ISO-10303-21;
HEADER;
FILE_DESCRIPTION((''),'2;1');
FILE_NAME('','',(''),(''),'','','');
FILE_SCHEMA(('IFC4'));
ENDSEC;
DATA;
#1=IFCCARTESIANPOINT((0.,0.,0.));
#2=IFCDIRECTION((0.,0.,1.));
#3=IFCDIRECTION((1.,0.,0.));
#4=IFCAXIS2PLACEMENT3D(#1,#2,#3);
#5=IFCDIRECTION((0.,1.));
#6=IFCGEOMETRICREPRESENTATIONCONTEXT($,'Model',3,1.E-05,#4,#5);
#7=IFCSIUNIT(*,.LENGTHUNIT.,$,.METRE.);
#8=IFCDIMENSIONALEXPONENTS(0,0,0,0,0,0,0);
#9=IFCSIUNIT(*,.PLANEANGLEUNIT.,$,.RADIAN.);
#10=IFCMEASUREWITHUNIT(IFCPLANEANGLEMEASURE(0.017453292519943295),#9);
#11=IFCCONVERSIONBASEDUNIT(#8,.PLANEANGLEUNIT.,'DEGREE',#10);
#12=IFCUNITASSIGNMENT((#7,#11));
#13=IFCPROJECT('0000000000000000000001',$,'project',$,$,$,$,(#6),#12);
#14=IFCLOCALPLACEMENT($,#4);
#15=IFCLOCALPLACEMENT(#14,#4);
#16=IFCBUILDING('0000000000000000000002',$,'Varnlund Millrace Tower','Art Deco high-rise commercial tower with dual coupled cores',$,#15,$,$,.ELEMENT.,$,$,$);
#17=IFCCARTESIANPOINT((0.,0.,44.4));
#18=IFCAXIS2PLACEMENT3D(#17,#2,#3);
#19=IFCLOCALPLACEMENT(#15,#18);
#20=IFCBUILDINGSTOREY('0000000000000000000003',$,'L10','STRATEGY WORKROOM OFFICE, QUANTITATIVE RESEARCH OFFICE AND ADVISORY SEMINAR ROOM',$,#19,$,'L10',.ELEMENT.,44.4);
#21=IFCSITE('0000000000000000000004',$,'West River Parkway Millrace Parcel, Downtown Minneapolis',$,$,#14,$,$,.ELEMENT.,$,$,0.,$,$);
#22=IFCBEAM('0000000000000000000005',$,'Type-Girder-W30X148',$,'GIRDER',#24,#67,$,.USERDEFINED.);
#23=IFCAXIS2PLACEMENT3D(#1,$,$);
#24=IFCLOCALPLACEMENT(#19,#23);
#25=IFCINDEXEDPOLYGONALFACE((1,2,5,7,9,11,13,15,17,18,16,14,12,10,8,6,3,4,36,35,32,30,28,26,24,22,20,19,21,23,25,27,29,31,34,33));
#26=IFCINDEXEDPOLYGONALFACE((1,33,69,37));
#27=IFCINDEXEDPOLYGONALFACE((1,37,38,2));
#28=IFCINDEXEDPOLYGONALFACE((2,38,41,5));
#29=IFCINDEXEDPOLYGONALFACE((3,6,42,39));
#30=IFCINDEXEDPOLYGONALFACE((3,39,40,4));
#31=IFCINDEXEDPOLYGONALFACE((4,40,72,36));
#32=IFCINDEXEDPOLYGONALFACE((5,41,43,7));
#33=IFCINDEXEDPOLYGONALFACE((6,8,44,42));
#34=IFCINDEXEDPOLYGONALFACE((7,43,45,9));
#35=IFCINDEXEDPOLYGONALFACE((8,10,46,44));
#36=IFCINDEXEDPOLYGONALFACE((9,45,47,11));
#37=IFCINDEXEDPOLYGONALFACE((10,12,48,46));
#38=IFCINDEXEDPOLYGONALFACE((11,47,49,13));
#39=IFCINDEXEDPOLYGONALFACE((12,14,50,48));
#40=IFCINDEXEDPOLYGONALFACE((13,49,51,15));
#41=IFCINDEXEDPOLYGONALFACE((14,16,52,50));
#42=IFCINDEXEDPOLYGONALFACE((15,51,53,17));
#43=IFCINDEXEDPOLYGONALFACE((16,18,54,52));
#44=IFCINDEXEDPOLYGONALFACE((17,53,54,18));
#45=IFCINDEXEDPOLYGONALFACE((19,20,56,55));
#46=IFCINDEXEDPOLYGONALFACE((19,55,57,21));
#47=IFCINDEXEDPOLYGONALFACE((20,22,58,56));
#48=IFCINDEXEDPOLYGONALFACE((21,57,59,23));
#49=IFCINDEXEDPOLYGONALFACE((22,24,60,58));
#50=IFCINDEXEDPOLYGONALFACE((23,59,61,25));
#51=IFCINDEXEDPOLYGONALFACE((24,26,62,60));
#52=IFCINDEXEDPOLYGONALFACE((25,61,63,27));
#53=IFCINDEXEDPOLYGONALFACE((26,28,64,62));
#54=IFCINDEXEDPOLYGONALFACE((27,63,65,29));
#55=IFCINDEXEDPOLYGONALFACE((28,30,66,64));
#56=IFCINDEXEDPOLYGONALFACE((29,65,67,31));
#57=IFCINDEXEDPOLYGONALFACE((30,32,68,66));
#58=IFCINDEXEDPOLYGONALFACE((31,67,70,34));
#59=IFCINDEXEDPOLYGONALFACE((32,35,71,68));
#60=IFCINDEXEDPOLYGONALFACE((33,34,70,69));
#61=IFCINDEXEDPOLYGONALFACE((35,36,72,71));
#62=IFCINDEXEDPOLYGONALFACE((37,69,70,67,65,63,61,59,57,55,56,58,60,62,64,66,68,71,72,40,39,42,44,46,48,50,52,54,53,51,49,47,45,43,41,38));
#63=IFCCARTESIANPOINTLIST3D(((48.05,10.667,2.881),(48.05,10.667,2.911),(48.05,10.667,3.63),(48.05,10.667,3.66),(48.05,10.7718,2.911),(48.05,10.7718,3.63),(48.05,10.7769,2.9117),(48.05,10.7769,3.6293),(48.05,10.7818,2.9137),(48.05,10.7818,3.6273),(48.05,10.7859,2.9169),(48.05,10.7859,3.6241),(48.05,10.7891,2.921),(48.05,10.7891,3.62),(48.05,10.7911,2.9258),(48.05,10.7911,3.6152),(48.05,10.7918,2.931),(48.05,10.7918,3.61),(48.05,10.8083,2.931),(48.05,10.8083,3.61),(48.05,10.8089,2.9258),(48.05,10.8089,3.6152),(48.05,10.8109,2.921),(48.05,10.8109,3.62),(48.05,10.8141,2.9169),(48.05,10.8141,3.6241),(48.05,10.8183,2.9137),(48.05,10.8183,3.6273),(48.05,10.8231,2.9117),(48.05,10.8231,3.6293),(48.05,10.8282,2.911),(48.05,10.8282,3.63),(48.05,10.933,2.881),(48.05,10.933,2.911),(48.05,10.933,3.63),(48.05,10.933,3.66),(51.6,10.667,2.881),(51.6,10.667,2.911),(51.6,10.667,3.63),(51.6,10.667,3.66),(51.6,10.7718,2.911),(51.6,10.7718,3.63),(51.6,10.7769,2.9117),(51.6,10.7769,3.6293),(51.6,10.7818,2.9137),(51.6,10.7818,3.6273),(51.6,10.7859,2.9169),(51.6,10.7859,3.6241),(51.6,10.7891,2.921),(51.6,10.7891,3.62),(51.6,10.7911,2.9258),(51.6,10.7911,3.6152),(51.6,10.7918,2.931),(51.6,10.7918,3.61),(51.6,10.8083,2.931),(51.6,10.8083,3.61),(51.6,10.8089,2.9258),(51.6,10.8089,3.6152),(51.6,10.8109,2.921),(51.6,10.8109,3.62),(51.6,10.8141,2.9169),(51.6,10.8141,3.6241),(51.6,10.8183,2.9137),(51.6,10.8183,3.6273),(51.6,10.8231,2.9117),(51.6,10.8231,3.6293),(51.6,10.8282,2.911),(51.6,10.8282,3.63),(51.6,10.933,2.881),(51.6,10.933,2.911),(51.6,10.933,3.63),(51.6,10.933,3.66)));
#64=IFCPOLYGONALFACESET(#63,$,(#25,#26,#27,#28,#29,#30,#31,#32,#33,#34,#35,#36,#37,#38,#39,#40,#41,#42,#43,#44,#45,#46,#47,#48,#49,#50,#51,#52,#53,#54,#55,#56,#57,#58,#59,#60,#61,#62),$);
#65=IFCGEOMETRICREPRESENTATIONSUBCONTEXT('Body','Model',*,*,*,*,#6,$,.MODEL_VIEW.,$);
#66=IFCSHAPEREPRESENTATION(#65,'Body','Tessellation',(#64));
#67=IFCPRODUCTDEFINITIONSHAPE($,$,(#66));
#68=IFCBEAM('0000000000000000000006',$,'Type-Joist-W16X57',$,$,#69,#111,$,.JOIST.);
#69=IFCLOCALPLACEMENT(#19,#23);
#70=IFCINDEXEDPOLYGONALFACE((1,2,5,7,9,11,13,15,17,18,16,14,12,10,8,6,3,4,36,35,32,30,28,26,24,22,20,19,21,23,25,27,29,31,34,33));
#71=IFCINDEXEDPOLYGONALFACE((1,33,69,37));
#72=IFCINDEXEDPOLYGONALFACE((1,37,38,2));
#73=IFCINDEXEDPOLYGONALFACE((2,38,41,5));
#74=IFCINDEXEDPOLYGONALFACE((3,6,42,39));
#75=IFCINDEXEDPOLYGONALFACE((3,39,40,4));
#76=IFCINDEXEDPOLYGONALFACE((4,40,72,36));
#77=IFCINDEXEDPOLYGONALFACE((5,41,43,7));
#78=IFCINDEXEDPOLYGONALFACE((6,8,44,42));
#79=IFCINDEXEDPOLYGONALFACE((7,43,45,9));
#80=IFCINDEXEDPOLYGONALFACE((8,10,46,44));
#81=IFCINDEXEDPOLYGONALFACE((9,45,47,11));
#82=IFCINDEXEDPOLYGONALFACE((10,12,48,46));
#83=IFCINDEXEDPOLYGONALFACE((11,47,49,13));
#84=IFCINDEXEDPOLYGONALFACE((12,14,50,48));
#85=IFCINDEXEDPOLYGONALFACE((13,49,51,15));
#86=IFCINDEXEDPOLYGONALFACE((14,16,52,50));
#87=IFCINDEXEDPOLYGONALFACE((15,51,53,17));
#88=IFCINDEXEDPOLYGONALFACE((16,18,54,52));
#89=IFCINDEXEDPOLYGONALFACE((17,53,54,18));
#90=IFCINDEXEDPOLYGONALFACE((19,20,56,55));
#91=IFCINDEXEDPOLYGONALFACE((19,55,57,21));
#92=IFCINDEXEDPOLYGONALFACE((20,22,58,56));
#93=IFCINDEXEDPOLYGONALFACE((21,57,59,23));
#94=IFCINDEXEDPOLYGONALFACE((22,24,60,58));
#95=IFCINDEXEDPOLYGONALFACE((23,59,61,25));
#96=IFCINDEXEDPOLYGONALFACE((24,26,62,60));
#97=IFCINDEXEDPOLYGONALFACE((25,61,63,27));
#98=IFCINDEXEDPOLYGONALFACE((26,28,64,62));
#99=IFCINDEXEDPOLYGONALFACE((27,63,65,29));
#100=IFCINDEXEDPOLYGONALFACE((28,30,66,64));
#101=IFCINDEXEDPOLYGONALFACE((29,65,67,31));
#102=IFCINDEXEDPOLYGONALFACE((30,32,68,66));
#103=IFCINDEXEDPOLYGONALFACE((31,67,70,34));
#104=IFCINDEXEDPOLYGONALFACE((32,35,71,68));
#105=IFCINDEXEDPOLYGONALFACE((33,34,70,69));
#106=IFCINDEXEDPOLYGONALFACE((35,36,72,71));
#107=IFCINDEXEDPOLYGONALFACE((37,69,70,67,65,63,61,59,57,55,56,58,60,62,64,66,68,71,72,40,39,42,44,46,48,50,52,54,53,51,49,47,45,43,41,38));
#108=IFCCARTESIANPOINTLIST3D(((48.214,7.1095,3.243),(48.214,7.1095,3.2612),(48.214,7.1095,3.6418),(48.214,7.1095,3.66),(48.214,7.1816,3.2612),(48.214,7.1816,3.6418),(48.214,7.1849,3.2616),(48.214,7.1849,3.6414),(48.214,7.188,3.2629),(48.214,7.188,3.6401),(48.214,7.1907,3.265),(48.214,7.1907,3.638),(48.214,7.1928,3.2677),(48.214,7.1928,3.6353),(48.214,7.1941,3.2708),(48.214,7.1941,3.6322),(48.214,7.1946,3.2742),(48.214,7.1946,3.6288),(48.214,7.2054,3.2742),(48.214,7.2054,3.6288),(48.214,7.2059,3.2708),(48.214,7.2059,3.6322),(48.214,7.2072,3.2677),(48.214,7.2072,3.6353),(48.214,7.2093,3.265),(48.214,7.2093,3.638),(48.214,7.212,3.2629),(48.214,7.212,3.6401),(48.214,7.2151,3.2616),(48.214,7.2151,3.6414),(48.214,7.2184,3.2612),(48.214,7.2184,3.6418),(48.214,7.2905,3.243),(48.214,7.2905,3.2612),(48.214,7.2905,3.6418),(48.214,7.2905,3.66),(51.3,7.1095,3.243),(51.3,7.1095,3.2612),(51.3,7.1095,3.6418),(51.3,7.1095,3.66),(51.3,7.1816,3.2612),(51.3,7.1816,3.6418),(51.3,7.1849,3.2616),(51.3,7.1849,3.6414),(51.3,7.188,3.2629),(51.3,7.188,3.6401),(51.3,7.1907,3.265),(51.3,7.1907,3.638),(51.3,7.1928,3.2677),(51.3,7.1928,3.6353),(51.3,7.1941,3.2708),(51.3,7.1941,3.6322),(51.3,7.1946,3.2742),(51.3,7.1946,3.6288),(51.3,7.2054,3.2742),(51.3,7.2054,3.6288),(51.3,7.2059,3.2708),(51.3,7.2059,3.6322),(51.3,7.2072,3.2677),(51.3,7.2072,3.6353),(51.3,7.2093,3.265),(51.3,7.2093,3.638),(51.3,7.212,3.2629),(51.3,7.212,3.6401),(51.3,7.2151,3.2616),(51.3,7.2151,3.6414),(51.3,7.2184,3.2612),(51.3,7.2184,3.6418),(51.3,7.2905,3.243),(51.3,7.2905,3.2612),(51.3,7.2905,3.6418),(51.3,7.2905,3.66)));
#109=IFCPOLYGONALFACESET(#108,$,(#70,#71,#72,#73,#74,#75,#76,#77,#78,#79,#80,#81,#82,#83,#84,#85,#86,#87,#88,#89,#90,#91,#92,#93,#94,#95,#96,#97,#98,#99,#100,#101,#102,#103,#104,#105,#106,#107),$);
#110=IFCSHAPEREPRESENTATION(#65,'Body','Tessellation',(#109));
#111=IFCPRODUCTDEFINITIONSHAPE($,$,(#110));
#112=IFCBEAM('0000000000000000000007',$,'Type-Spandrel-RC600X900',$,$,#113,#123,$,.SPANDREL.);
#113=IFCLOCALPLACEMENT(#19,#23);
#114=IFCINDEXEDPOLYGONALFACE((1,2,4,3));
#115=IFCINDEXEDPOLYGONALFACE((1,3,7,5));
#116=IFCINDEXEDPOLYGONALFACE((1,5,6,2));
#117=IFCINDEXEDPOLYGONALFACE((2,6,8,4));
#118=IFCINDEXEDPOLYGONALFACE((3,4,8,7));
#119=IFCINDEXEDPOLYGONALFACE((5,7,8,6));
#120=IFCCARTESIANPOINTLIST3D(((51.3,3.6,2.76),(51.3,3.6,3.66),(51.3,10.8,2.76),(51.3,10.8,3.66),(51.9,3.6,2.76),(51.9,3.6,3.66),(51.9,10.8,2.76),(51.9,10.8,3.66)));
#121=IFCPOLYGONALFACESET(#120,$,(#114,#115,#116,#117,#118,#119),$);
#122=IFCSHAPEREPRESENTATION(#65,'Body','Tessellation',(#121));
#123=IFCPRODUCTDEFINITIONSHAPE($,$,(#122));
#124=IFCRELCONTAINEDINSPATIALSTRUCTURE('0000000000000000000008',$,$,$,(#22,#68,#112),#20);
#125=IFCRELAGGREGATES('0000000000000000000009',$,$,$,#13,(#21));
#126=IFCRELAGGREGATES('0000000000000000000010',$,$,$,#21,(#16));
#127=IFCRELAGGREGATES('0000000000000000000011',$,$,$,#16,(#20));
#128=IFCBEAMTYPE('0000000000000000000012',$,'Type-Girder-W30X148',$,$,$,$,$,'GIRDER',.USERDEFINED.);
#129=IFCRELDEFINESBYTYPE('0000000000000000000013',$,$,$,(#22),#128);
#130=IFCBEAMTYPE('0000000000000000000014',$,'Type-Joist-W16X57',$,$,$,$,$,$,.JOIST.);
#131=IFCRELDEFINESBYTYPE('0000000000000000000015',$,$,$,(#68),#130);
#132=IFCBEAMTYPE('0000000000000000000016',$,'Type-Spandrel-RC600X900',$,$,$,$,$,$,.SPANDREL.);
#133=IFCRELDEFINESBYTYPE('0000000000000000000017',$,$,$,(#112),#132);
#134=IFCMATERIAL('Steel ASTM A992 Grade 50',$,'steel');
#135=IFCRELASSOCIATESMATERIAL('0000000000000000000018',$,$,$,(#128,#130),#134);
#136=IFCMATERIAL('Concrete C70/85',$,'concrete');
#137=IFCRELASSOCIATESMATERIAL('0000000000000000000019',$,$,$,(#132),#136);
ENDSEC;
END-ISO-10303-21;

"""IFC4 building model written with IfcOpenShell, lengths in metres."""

from ifc_helpers import new_model, entity, si_unit, converted_unit, direction, frame, origin_with_axes, origin_2d_with_axis, place, context, subcontext, project, spatial, rectangle, i_section, extrude, material, material_profile, profile_set, type_object, element, save


model = new_model("IFC4")

# Units and contexts
model_context = context("Model", 3, precision=1e-05, world=origin_with_axes(), true_north=direction((0.0, 1.0)))
body_context = subcontext(model_context, "Body", "Model", "MODEL_VIEW")
ifc_project = project(units=[si_unit("LENGTHUNIT", "METRE"), converted_unit("PLANEANGLEUNIT", "DEGREE", entity("IfcPlaneAngleMeasure", 0.017453292519943295), si_unit("PLANEANGLEUNIT", "RADIAN"), dimensions=[0, 0, 0, 0, 0, 0, 0])], contexts=[model_context])

# Site, building, storey
site_placement = place(None, origin_with_axes())
site = spatial("IfcSite", under=ifc_project, at=site_placement, Name="West River Parkway Millrace Parcel, Downtown Minneapolis", CompositionType="ELEMENT", RefElevation=0.0)
building_placement = place(site_placement, origin_with_axes())
building = spatial("IfcBuilding", under=site, at=building_placement, Name="Varnlund Millrace Tower", Description="Art Deco high-rise commercial tower with dual coupled cores", CompositionType="ELEMENT")
storey_placement = place(building_placement, frame((0.0, 0.0, 44.4), z_axis=(0.0, 0.0, 1.0), x_axis=(1.0, 0.0, 0.0)))
storey = spatial("IfcBuildingStorey", under=building, at=storey_placement, Name="L10", Description="STRATEGY WORKROOM OFFICE, QUANTITATIVE RESEARCH OFFICE AND ADVISORY SEMINAR ROOM", LongName="L10", CompositionType="ELEMENT", Elevation=44.4)

# Beams
ifc_material_1 = material(Name="Steel ASTM A992 Grade 50", Category="steel")
ifc_material_profile_1 = material_profile(ifc_material_1, i_section(OverallWidth=0.266, OverallDepth=0.779, WebThickness=0.0165, FlangeThickness=0.03, FilletRadius=0.02, at=origin_2d_with_axis()), Name="Steel ASTM A992 Grade 50")
ifc_profile_set_1 = profile_set([ifc_material_profile_1], Name="Steel ASTM A992 Grade 50")
beam_type_1 = type_object("IfcBeamType", Name="Type-Girder-W30X148", ElementType="GIRDER", PredefinedType="USERDEFINED", material=ifc_profile_set_1)
for number, where, z_axis, x_axis, name in (
    (1, (48.05, 10.8, 3.2705), (1.0, 0.0, 0.0), (0.0, 1.0, 0.0), "Type-Girder-W30X148"),
):
    element("IfcBeam", number, at=place(storey_placement, frame(where, z_axis=z_axis, x_axis=x_axis)), inside=storey, type_object=beam_type_1, Name=name, ObjectType="GIRDER", PredefinedType="USERDEFINED", context=body_context, shape_type="SweptSolid", body=[
        extrude(i_section(OverallWidth=0.266, OverallDepth=0.779, WebThickness=0.0165, FlangeThickness=0.03, FilletRadius=0.02, at=origin_2d_with_axis()), origin_with_axes(), (0.0, 0.0, 1.0), 3.55),
    ])
ifc_material_profile_2 = material_profile(ifc_material_1, i_section(OverallWidth=0.181, OverallDepth=0.417, WebThickness=0.0109, FlangeThickness=0.0182, FilletRadius=0.013, at=origin_2d_with_axis()), Name="Steel ASTM A992 Grade 50")
ifc_profile_set_2 = profile_set([ifc_material_profile_2], Name="Steel ASTM A992 Grade 50")
beam_type_2 = type_object("IfcBeamType", Name="Type-Joist-W16X57", PredefinedType="JOIST", material=ifc_profile_set_2)
beam_1_placement = place(storey_placement, frame((48.214, 7.2, 3.4515), z_axis=(1.0, 0.0, 0.0), x_axis=(0.0, 1.0, 0.0)))
element("IfcBeam", 2, at=beam_1_placement, inside=storey, type_object=beam_type_2, Name="Type-Joist-W16X57", PredefinedType="JOIST", context=body_context, shape_type="SweptSolid", body=[
    extrude(i_section(OverallWidth=0.181, OverallDepth=0.417, WebThickness=0.0109, FlangeThickness=0.0182, FilletRadius=0.013, at=origin_2d_with_axis()), origin_with_axes(), (0.0, 0.0, 1.0), 3.086),
])
ifc_material_2 = material(Name="Concrete C70/85", Category="concrete")
ifc_material_profile_3 = material_profile(ifc_material_2, rectangle(XDim=0.6, YDim=0.9, at=origin_2d_with_axis()), Name="Concrete C70/85")
ifc_profile_set_3 = profile_set([ifc_material_profile_3], Name="Concrete C70/85")
beam_type_3 = type_object("IfcBeamType", Name="Type-Spandrel-RC600X900", PredefinedType="SPANDREL", material=ifc_profile_set_3)
beam_2_placement = place(storey_placement, frame((51.6, 3.6, 3.21), z_axis=(0.0, 1.0, 0.0), x_axis=(-1.0, 0.0, 0.0)))
element("IfcBeam", 3, at=beam_2_placement, inside=storey, type_object=beam_type_3, Name="Type-Spandrel-RC600X900", PredefinedType="SPANDREL", context=body_context, shape_type="SweptSolid", body=[
    extrude(rectangle(XDim=0.6, YDim=0.9, at=origin_2d_with_axis()), origin_with_axes(), (0.0, 0.0, 1.0), 7.2),
])

save(model, "model.ifc")
